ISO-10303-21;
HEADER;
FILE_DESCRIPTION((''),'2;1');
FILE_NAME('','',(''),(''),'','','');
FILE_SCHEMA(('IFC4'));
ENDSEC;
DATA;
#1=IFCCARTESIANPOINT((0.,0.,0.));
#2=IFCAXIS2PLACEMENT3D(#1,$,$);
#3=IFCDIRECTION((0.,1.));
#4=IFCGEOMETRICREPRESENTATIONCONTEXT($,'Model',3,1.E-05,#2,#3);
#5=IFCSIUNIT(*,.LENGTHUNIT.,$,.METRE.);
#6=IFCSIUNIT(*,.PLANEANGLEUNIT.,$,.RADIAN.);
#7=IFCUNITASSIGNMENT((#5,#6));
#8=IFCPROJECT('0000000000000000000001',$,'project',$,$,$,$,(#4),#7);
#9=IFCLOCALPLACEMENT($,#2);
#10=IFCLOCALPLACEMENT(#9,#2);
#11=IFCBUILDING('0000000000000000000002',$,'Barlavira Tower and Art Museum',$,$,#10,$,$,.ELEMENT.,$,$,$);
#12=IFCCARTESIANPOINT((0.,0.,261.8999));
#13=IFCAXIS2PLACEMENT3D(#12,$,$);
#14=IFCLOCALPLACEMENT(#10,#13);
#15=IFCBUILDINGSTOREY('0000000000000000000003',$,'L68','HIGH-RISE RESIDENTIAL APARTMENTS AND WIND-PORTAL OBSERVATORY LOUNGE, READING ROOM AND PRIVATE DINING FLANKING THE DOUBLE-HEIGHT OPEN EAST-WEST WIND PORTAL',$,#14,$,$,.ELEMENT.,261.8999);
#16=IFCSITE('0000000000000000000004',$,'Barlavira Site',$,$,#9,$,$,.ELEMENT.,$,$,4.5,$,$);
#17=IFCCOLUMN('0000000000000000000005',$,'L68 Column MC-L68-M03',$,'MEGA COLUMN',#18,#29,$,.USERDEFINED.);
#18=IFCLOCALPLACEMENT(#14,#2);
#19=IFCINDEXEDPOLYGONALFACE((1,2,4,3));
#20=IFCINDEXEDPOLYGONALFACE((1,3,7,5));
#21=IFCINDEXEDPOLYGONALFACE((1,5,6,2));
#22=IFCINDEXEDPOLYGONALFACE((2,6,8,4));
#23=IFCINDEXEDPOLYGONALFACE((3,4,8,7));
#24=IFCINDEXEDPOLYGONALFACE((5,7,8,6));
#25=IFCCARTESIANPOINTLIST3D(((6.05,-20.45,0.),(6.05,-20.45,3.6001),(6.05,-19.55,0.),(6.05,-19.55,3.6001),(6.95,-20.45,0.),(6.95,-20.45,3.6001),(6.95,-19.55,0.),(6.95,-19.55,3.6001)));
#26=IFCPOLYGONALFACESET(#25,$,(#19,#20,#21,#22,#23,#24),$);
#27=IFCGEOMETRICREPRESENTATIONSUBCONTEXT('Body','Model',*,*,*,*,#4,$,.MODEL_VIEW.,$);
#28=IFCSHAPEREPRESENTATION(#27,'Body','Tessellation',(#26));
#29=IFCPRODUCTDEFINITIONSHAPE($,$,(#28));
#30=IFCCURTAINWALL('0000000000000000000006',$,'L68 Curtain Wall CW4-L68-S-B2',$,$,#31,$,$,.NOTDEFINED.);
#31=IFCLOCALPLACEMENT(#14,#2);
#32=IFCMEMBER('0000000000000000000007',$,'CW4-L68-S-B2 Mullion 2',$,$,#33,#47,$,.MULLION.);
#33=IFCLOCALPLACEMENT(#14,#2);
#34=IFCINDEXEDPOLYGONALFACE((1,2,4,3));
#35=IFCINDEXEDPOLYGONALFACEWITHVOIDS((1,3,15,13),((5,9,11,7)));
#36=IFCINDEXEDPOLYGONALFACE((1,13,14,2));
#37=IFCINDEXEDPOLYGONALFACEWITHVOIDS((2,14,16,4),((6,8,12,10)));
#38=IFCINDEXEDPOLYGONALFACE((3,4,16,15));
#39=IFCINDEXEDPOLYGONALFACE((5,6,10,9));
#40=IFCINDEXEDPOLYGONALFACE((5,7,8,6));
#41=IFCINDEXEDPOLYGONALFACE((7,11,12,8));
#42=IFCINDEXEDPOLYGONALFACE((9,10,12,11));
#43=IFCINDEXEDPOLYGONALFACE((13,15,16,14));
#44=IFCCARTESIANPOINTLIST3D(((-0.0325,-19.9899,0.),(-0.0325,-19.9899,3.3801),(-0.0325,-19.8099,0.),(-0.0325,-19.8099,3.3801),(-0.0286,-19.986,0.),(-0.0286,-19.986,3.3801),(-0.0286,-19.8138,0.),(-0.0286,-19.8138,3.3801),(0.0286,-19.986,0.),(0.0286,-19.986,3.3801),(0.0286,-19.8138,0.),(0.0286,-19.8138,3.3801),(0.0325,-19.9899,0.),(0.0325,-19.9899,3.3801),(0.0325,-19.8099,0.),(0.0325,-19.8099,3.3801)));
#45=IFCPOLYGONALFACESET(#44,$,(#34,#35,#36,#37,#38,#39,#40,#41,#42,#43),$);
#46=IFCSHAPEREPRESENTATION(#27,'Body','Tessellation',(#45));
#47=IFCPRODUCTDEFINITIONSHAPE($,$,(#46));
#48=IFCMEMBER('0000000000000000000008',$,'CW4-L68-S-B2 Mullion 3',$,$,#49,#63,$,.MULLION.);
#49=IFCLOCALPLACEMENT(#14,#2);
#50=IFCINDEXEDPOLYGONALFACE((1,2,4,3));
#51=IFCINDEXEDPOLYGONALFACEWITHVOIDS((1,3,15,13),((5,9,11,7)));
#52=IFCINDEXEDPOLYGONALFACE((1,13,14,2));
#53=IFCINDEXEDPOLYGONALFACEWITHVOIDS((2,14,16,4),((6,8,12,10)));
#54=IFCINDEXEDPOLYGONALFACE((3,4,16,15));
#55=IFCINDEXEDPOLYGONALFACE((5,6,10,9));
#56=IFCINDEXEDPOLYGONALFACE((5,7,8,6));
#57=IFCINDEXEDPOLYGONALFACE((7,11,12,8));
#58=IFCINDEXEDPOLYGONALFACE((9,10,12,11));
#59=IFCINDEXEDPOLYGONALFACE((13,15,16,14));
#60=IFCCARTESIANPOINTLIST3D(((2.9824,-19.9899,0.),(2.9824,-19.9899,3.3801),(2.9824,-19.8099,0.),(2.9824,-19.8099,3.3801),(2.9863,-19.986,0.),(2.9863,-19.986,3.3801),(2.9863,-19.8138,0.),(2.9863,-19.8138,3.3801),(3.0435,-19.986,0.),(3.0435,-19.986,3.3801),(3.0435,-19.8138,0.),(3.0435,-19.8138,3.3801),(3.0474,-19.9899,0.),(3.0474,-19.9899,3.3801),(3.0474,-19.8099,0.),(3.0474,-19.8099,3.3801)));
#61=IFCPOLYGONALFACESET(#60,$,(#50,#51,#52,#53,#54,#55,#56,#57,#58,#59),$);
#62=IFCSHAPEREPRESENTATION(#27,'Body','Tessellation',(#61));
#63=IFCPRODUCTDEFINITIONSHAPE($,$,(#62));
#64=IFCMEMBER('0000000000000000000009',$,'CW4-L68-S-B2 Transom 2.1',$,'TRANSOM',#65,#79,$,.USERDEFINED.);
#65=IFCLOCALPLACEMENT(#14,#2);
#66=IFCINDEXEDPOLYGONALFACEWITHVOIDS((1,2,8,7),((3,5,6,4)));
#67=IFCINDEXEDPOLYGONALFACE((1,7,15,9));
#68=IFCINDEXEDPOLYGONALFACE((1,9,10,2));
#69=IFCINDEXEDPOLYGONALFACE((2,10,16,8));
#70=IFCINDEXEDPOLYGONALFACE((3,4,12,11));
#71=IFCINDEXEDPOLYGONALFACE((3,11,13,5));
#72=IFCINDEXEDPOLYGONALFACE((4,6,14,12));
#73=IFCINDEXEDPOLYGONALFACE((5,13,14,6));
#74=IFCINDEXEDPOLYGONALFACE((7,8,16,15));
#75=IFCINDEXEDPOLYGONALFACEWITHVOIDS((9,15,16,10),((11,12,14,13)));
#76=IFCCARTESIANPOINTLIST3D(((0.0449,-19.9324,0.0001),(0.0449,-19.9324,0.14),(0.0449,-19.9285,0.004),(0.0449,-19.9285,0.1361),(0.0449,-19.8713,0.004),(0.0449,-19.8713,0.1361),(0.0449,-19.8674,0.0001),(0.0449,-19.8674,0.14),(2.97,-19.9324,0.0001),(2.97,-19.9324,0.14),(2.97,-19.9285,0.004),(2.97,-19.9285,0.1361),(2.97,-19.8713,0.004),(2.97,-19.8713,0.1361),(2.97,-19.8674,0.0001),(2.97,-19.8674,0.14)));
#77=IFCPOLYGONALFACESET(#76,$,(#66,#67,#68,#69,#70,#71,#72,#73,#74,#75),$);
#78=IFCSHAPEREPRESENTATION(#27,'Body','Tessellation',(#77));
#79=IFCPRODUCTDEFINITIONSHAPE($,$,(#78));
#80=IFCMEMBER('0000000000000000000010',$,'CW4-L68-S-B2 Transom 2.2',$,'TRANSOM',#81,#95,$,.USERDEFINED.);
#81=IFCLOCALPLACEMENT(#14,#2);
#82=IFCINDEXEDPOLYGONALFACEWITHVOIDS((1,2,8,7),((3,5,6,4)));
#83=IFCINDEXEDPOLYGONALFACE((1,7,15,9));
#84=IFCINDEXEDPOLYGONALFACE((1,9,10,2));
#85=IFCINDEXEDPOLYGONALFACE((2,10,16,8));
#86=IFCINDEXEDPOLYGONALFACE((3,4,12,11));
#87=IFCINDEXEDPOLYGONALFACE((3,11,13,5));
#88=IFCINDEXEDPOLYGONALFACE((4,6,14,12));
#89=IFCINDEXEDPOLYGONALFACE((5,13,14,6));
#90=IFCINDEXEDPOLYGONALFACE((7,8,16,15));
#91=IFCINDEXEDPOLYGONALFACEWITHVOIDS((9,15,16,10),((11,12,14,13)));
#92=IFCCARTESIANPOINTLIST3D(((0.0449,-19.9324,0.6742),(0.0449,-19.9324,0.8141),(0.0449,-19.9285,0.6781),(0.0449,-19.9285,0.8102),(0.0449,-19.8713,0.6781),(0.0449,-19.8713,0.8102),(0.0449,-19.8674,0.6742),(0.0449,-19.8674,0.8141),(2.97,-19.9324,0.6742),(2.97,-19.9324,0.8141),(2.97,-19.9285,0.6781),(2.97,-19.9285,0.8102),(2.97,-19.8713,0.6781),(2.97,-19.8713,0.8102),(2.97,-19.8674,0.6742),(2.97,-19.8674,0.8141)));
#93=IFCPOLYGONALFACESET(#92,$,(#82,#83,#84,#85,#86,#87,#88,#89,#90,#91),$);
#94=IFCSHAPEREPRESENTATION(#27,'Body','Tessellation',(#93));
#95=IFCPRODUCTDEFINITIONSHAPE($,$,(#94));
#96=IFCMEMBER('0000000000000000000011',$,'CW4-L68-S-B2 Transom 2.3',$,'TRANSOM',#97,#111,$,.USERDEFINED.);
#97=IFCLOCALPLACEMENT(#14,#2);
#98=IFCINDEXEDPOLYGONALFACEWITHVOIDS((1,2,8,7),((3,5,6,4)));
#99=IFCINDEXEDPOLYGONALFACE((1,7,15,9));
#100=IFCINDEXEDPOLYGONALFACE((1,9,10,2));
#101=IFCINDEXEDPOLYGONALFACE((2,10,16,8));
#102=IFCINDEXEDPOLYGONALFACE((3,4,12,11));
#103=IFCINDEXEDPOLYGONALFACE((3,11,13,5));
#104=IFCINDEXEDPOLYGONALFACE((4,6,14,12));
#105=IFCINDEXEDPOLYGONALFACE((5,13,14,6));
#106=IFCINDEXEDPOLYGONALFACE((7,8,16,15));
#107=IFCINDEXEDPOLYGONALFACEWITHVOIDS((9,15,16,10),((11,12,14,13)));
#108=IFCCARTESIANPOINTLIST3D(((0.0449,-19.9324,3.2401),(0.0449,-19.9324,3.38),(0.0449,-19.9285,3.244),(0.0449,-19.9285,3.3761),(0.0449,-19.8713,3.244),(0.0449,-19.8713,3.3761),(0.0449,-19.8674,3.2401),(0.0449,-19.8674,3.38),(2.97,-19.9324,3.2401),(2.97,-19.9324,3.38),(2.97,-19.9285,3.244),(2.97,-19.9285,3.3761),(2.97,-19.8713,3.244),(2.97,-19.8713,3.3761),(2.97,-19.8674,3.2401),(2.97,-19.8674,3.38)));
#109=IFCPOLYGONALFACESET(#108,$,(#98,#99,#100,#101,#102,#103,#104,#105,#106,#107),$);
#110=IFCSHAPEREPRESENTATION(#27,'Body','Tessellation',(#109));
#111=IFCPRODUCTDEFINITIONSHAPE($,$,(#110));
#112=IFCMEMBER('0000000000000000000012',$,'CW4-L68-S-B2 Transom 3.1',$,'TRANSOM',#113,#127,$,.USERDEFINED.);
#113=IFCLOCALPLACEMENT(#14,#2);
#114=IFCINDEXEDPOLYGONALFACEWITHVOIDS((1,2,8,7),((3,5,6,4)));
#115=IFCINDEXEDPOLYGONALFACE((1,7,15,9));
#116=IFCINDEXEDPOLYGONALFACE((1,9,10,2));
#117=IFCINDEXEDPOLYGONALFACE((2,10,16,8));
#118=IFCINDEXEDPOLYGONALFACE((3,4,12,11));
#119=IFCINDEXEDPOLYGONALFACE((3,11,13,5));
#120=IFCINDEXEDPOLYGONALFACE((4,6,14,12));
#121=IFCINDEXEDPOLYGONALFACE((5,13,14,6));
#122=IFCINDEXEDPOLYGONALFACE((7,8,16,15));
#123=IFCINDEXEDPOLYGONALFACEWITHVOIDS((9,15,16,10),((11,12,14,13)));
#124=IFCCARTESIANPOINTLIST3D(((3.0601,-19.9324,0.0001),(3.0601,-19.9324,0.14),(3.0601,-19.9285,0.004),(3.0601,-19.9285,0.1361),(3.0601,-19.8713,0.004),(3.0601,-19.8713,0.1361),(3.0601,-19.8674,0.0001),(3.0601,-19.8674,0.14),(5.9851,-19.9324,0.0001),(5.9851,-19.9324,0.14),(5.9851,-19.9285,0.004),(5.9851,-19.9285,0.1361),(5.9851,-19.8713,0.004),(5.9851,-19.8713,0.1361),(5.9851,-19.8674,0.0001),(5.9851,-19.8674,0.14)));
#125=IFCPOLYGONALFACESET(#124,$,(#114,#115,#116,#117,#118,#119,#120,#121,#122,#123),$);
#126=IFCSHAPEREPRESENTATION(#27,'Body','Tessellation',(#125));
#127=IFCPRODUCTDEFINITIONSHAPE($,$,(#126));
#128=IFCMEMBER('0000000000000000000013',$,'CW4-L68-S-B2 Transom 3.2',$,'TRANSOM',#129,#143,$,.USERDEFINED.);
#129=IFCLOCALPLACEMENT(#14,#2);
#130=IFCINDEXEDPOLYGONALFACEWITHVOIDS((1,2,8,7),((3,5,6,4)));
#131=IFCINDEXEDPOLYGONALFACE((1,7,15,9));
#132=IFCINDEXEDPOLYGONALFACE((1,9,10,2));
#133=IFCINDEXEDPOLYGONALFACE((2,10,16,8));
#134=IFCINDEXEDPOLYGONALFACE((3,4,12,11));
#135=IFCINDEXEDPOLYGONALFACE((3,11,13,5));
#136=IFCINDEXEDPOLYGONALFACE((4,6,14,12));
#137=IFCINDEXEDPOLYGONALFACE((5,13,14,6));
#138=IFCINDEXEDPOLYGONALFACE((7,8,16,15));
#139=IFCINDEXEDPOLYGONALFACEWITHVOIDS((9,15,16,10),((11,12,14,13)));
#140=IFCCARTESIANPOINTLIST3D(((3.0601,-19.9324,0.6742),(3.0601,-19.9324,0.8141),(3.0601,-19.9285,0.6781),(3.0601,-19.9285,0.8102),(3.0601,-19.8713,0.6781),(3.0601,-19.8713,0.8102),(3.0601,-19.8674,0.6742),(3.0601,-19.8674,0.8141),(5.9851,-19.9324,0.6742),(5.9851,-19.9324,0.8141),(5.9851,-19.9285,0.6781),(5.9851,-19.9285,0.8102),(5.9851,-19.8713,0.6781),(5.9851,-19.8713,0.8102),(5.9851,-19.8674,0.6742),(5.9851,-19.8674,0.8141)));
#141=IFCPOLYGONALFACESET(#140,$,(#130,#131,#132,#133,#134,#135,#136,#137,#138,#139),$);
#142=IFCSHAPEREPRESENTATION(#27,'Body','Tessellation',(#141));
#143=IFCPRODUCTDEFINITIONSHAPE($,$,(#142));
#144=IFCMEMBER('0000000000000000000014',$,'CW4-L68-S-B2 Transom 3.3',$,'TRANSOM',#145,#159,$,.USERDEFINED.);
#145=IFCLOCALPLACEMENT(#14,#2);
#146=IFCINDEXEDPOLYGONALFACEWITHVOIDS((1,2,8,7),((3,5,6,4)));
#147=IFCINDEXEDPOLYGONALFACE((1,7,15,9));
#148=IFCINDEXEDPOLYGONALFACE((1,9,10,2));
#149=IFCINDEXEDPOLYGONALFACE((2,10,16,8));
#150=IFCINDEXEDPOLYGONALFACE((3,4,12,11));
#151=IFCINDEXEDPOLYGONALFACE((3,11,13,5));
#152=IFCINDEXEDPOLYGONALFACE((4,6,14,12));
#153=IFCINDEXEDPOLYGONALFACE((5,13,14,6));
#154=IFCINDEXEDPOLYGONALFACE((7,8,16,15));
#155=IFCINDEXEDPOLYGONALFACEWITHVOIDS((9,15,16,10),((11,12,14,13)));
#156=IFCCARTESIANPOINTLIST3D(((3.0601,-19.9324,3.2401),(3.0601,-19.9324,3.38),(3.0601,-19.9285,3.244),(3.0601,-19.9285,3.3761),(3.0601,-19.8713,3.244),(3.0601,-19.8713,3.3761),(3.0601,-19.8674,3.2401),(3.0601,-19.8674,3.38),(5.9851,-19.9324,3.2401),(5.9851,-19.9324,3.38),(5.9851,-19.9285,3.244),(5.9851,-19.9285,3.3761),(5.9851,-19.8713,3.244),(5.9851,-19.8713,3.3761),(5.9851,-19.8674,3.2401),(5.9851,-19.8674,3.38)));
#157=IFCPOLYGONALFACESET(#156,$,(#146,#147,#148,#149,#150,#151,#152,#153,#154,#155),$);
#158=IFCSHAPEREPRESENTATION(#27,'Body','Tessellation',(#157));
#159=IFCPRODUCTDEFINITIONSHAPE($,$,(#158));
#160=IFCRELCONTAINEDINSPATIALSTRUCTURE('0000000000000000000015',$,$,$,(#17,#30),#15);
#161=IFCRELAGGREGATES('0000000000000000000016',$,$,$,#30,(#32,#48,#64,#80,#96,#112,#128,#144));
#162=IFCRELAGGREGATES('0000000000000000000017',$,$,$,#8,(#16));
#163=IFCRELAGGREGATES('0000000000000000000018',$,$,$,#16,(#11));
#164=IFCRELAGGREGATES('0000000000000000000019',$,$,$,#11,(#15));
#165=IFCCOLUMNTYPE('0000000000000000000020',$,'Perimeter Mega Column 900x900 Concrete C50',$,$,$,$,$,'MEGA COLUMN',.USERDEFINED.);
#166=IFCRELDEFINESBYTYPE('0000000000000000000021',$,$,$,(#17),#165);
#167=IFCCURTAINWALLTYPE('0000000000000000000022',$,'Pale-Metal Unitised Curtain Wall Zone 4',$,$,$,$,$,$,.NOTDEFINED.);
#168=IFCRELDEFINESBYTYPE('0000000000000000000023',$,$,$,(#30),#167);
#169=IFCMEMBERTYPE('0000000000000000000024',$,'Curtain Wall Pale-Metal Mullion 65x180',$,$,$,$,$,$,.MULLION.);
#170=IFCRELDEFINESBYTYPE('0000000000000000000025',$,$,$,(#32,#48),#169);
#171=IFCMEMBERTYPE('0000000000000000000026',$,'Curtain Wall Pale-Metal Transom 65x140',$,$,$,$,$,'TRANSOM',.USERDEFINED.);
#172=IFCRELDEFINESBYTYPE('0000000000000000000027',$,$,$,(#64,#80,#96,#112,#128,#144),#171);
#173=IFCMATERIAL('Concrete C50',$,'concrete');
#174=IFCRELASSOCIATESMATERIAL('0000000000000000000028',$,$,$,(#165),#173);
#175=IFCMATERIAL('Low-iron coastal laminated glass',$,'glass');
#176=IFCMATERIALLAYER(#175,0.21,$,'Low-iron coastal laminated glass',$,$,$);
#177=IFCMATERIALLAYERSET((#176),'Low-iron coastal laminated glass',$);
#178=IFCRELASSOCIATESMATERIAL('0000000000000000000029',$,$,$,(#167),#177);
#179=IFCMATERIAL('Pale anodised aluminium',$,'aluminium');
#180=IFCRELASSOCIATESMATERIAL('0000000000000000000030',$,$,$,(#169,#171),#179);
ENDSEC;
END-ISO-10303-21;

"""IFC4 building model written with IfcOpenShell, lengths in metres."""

from ifc_helpers import new_model, si_unit, direction, frame, origin, origin_2d, place, context, subcontext, project, spatial, rectangle, hollow_rectangle, extrude, material, layer, layer_set, material_profile, profile_set, type_object, element, aggregate, save


model = new_model("IFC4")

# Units and contexts
model_context = context("Model", 3, precision=1e-05, world=origin(), true_north=direction((0.0, 1.0)))
body_context = subcontext(model_context, "Body", "Model", "MODEL_VIEW")
ifc_project = project(units=[si_unit("LENGTHUNIT", "METRE"), si_unit("PLANEANGLEUNIT", "RADIAN")], contexts=[model_context])

# Site, building, storey
site_placement = place(None, origin())
site = spatial("IfcSite", under=ifc_project, at=site_placement, Name="Barlavira Site", CompositionType="ELEMENT", RefElevation=4.5)
building_placement = place(site_placement, origin())
building = spatial("IfcBuilding", under=site, at=building_placement, Name="Barlavira Tower and Art Museum", CompositionType="ELEMENT")
storey_placement = place(building_placement, frame((0.0, 0.0, 261.8999)))
storey = spatial("IfcBuildingStorey", under=building, at=storey_placement, Name="L68", Description="HIGH-RISE RESIDENTIAL APARTMENTS AND WIND-PORTAL OBSERVATORY LOUNGE, READING ROOM AND PRIVATE DINING FLANKING THE DOUBLE-HEIGHT OPEN EAST-WEST WIND PORTAL", CompositionType="ELEMENT", Elevation=261.8999)

# Column
ifc_material_1 = material(Name="Concrete C50", Category="concrete")
ifc_material_profile_1 = material_profile(ifc_material_1, rectangle(XDim=0.8999, YDim=0.8999, at=origin_2d()), Name="RC-COL 900x900")
ifc_profile_set_1 = profile_set([ifc_material_profile_1], Name="Concrete C50")
column_type = type_object("IfcColumnType", Name="Perimeter Mega Column 900x900 Concrete C50", ElementType="MEGA COLUMN", PredefinedType="USERDEFINED", material=ifc_profile_set_1)
column_placement = place(storey_placement, frame((6.5, -20.0, 0.0), z_axis=(0.0, 0.0, 1.0), x_axis=(1.0, 0.0, 0.0)))
element("IfcColumn", 1, at=column_placement, inside=storey, type_object=column_type, Name="L68 Column MC-L68-M03", ObjectType="MEGA COLUMN", PredefinedType="USERDEFINED", context=body_context, shape_type="SweptSolid", body=[
    extrude(rectangle(XDim=0.8999, YDim=0.8999, at=origin_2d()), origin(), (0.0, 0.0, 1.0), 3.6001),
])

# Curtain wall, members
ifc_material_2 = material(Name="Low-iron coastal laminated glass", Category="glass")
ifc_layer_1 = layer(ifc_material_2, 0.21, Name="Low-iron coastal laminated glass")
ifc_layer_set_1 = layer_set([ifc_layer_1], Name="Low-iron coastal laminated glass")
curtain_wall_type = type_object("IfcCurtainWallType", Name="Pale-Metal Unitised Curtain Wall Zone 4", PredefinedType="NOTDEFINED", material=ifc_layer_set_1)
curtain_wall_placement = place(storey_placement, origin())
curtain_wall = element("IfcCurtainWall", 2, at=curtain_wall_placement, inside=storey, type_object=curtain_wall_type, Name="L68 Curtain Wall CW4-L68-S-B2", PredefinedType="NOTDEFINED")
ifc_material_3 = material(Name="Pale anodised aluminium", Category="aluminium")
ifc_material_profile_2 = material_profile(ifc_material_3, hollow_rectangle(XDim=0.0649, YDim=0.1799, WallThickness=0.0039, at=origin_2d()), Name="ALU-MULL 65x180x4")
ifc_profile_set_2 = profile_set([ifc_material_profile_2], Name="Pale anodised aluminium")
member_type_1 = type_object("IfcMemberType", Name="Curtain Wall Pale-Metal Mullion 65x180", PredefinedType="MULLION", material=ifc_profile_set_2)
member_1_placement = place(storey_placement, frame((0.0, -19.8999, 0.0), z_axis=(0.0, 0.0, 1.0), x_axis=(1.0, 0.0, 0.0)))
member_1 = element("IfcMember", 3, at=member_1_placement, type_object=member_type_1, Name="CW4-L68-S-B2 Mullion 2", PredefinedType="MULLION", context=body_context, shape_type="SweptSolid", body=[
    extrude(hollow_rectangle(XDim=0.0649, YDim=0.1799, WallThickness=0.0039, at=origin_2d()), origin(), (0.0, 0.0, 1.0), 3.3801),
])
member_2_placement = place(storey_placement, frame((3.0149, -19.8999, 0.0), z_axis=(0.0, 0.0, 1.0), x_axis=(1.0, 0.0, 0.0)))
member_2 = element("IfcMember", 4, at=member_2_placement, type_object=member_type_1, Name="CW4-L68-S-B2 Mullion 3", PredefinedType="MULLION", context=body_context, shape_type="SweptSolid", body=[
    extrude(hollow_rectangle(XDim=0.0649, YDim=0.1799, WallThickness=0.0039, at=origin_2d()), origin(), (0.0, 0.0, 1.0), 3.3801),
])
ifc_material_profile_3 = material_profile(ifc_material_3, hollow_rectangle(XDim=0.0649, YDim=0.1399, WallThickness=0.0039, at=origin_2d()), Name="ALU-TRAN 65x140x4")
ifc_profile_set_3 = profile_set([ifc_material_profile_3], Name="Pale anodised aluminium")
member_type_2 = type_object("IfcMemberType", Name="Curtain Wall Pale-Metal Transom 65x140", ElementType="TRANSOM", PredefinedType="USERDEFINED", material=ifc_profile_set_3)
member_3_placement = place(storey_placement, frame((0.0449, -19.8999, 0.0701), z_axis=(1.0, 0.0, 0.0), x_axis=(0.0, 1.0, 0.0)))
member_3 = element("IfcMember", 5, at=member_3_placement, type_object=member_type_2, Name="CW4-L68-S-B2 Transom 2.1", ObjectType="TRANSOM", PredefinedType="USERDEFINED", context=body_context, shape_type="SweptSolid", body=[
    extrude(hollow_rectangle(XDim=0.0649, YDim=0.1399, WallThickness=0.0039, at=origin_2d()), origin(), (0.0, 0.0, 1.0), 2.925),
])
member_4_placement = place(storey_placement, frame((0.0449, -19.8999, 0.7441), z_axis=(1.0, 0.0, 0.0), x_axis=(0.0, 1.0, 0.0)))
member_4 = element("IfcMember", 6, at=member_4_placement, type_object=member_type_2, Name="CW4-L68-S-B2 Transom 2.2", ObjectType="TRANSOM", PredefinedType="USERDEFINED", context=body_context, shape_type="SweptSolid", body=[
    extrude(hollow_rectangle(XDim=0.0649, YDim=0.1399, WallThickness=0.0039, at=origin_2d()), origin(), (0.0, 0.0, 1.0), 2.925),
])
member_5_placement = place(storey_placement, frame((0.0449, -19.8999, 3.3101), z_axis=(1.0, 0.0, 0.0), x_axis=(0.0, 1.0, 0.0)))
member_5 = element("IfcMember", 7, at=member_5_placement, type_object=member_type_2, Name="CW4-L68-S-B2 Transom 2.3", ObjectType="TRANSOM", PredefinedType="USERDEFINED", context=body_context, shape_type="SweptSolid", body=[
    extrude(hollow_rectangle(XDim=0.0649, YDim=0.1399, WallThickness=0.0039, at=origin_2d()), origin(), (0.0, 0.0, 1.0), 2.925),
])
member_6_placement = place(storey_placement, frame((3.0601, -19.8999, 0.0701), z_axis=(1.0, 0.0, 0.0), x_axis=(0.0, 1.0, 0.0)))
member_6 = element("IfcMember", 8, at=member_6_placement, type_object=member_type_2, Name="CW4-L68-S-B2 Transom 3.1", ObjectType="TRANSOM", PredefinedType="USERDEFINED", context=body_context, shape_type="SweptSolid", body=[
    extrude(hollow_rectangle(XDim=0.0649, YDim=0.1399, WallThickness=0.0039, at=origin_2d()), origin(), (0.0, 0.0, 1.0), 2.925),
])
member_7_placement = place(storey_placement, frame((3.0601, -19.8999, 0.7441), z_axis=(1.0, 0.0, 0.0), x_axis=(0.0, 1.0, 0.0)))
member_7 = element("IfcMember", 9, at=member_7_placement, type_object=member_type_2, Name="CW4-L68-S-B2 Transom 3.2", ObjectType="TRANSOM", PredefinedType="USERDEFINED", context=body_context, shape_type="SweptSolid", body=[
    extrude(hollow_rectangle(XDim=0.0649, YDim=0.1399, WallThickness=0.0039, at=origin_2d()), origin(), (0.0, 0.0, 1.0), 2.925),
])
member_8_placement = place(storey_placement, frame((3.0601, -19.8999, 3.3101), z_axis=(1.0, 0.0, 0.0), x_axis=(0.0, 1.0, 0.0)))
member_8 = element("IfcMember", 10, at=member_8_placement, type_object=member_type_2, Name="CW4-L68-S-B2 Transom 3.3", ObjectType="TRANSOM", PredefinedType="USERDEFINED", context=body_context, shape_type="SweptSolid", body=[
    extrude(hollow_rectangle(XDim=0.0649, YDim=0.1399, WallThickness=0.0039, at=origin_2d()), origin(), (0.0, 0.0, 1.0), 2.925),
])

aggregate(curtain_wall, [member_1, member_2, member_3, member_4, member_5, member_6, member_7, member_8])

save(model, "model.ifc")
